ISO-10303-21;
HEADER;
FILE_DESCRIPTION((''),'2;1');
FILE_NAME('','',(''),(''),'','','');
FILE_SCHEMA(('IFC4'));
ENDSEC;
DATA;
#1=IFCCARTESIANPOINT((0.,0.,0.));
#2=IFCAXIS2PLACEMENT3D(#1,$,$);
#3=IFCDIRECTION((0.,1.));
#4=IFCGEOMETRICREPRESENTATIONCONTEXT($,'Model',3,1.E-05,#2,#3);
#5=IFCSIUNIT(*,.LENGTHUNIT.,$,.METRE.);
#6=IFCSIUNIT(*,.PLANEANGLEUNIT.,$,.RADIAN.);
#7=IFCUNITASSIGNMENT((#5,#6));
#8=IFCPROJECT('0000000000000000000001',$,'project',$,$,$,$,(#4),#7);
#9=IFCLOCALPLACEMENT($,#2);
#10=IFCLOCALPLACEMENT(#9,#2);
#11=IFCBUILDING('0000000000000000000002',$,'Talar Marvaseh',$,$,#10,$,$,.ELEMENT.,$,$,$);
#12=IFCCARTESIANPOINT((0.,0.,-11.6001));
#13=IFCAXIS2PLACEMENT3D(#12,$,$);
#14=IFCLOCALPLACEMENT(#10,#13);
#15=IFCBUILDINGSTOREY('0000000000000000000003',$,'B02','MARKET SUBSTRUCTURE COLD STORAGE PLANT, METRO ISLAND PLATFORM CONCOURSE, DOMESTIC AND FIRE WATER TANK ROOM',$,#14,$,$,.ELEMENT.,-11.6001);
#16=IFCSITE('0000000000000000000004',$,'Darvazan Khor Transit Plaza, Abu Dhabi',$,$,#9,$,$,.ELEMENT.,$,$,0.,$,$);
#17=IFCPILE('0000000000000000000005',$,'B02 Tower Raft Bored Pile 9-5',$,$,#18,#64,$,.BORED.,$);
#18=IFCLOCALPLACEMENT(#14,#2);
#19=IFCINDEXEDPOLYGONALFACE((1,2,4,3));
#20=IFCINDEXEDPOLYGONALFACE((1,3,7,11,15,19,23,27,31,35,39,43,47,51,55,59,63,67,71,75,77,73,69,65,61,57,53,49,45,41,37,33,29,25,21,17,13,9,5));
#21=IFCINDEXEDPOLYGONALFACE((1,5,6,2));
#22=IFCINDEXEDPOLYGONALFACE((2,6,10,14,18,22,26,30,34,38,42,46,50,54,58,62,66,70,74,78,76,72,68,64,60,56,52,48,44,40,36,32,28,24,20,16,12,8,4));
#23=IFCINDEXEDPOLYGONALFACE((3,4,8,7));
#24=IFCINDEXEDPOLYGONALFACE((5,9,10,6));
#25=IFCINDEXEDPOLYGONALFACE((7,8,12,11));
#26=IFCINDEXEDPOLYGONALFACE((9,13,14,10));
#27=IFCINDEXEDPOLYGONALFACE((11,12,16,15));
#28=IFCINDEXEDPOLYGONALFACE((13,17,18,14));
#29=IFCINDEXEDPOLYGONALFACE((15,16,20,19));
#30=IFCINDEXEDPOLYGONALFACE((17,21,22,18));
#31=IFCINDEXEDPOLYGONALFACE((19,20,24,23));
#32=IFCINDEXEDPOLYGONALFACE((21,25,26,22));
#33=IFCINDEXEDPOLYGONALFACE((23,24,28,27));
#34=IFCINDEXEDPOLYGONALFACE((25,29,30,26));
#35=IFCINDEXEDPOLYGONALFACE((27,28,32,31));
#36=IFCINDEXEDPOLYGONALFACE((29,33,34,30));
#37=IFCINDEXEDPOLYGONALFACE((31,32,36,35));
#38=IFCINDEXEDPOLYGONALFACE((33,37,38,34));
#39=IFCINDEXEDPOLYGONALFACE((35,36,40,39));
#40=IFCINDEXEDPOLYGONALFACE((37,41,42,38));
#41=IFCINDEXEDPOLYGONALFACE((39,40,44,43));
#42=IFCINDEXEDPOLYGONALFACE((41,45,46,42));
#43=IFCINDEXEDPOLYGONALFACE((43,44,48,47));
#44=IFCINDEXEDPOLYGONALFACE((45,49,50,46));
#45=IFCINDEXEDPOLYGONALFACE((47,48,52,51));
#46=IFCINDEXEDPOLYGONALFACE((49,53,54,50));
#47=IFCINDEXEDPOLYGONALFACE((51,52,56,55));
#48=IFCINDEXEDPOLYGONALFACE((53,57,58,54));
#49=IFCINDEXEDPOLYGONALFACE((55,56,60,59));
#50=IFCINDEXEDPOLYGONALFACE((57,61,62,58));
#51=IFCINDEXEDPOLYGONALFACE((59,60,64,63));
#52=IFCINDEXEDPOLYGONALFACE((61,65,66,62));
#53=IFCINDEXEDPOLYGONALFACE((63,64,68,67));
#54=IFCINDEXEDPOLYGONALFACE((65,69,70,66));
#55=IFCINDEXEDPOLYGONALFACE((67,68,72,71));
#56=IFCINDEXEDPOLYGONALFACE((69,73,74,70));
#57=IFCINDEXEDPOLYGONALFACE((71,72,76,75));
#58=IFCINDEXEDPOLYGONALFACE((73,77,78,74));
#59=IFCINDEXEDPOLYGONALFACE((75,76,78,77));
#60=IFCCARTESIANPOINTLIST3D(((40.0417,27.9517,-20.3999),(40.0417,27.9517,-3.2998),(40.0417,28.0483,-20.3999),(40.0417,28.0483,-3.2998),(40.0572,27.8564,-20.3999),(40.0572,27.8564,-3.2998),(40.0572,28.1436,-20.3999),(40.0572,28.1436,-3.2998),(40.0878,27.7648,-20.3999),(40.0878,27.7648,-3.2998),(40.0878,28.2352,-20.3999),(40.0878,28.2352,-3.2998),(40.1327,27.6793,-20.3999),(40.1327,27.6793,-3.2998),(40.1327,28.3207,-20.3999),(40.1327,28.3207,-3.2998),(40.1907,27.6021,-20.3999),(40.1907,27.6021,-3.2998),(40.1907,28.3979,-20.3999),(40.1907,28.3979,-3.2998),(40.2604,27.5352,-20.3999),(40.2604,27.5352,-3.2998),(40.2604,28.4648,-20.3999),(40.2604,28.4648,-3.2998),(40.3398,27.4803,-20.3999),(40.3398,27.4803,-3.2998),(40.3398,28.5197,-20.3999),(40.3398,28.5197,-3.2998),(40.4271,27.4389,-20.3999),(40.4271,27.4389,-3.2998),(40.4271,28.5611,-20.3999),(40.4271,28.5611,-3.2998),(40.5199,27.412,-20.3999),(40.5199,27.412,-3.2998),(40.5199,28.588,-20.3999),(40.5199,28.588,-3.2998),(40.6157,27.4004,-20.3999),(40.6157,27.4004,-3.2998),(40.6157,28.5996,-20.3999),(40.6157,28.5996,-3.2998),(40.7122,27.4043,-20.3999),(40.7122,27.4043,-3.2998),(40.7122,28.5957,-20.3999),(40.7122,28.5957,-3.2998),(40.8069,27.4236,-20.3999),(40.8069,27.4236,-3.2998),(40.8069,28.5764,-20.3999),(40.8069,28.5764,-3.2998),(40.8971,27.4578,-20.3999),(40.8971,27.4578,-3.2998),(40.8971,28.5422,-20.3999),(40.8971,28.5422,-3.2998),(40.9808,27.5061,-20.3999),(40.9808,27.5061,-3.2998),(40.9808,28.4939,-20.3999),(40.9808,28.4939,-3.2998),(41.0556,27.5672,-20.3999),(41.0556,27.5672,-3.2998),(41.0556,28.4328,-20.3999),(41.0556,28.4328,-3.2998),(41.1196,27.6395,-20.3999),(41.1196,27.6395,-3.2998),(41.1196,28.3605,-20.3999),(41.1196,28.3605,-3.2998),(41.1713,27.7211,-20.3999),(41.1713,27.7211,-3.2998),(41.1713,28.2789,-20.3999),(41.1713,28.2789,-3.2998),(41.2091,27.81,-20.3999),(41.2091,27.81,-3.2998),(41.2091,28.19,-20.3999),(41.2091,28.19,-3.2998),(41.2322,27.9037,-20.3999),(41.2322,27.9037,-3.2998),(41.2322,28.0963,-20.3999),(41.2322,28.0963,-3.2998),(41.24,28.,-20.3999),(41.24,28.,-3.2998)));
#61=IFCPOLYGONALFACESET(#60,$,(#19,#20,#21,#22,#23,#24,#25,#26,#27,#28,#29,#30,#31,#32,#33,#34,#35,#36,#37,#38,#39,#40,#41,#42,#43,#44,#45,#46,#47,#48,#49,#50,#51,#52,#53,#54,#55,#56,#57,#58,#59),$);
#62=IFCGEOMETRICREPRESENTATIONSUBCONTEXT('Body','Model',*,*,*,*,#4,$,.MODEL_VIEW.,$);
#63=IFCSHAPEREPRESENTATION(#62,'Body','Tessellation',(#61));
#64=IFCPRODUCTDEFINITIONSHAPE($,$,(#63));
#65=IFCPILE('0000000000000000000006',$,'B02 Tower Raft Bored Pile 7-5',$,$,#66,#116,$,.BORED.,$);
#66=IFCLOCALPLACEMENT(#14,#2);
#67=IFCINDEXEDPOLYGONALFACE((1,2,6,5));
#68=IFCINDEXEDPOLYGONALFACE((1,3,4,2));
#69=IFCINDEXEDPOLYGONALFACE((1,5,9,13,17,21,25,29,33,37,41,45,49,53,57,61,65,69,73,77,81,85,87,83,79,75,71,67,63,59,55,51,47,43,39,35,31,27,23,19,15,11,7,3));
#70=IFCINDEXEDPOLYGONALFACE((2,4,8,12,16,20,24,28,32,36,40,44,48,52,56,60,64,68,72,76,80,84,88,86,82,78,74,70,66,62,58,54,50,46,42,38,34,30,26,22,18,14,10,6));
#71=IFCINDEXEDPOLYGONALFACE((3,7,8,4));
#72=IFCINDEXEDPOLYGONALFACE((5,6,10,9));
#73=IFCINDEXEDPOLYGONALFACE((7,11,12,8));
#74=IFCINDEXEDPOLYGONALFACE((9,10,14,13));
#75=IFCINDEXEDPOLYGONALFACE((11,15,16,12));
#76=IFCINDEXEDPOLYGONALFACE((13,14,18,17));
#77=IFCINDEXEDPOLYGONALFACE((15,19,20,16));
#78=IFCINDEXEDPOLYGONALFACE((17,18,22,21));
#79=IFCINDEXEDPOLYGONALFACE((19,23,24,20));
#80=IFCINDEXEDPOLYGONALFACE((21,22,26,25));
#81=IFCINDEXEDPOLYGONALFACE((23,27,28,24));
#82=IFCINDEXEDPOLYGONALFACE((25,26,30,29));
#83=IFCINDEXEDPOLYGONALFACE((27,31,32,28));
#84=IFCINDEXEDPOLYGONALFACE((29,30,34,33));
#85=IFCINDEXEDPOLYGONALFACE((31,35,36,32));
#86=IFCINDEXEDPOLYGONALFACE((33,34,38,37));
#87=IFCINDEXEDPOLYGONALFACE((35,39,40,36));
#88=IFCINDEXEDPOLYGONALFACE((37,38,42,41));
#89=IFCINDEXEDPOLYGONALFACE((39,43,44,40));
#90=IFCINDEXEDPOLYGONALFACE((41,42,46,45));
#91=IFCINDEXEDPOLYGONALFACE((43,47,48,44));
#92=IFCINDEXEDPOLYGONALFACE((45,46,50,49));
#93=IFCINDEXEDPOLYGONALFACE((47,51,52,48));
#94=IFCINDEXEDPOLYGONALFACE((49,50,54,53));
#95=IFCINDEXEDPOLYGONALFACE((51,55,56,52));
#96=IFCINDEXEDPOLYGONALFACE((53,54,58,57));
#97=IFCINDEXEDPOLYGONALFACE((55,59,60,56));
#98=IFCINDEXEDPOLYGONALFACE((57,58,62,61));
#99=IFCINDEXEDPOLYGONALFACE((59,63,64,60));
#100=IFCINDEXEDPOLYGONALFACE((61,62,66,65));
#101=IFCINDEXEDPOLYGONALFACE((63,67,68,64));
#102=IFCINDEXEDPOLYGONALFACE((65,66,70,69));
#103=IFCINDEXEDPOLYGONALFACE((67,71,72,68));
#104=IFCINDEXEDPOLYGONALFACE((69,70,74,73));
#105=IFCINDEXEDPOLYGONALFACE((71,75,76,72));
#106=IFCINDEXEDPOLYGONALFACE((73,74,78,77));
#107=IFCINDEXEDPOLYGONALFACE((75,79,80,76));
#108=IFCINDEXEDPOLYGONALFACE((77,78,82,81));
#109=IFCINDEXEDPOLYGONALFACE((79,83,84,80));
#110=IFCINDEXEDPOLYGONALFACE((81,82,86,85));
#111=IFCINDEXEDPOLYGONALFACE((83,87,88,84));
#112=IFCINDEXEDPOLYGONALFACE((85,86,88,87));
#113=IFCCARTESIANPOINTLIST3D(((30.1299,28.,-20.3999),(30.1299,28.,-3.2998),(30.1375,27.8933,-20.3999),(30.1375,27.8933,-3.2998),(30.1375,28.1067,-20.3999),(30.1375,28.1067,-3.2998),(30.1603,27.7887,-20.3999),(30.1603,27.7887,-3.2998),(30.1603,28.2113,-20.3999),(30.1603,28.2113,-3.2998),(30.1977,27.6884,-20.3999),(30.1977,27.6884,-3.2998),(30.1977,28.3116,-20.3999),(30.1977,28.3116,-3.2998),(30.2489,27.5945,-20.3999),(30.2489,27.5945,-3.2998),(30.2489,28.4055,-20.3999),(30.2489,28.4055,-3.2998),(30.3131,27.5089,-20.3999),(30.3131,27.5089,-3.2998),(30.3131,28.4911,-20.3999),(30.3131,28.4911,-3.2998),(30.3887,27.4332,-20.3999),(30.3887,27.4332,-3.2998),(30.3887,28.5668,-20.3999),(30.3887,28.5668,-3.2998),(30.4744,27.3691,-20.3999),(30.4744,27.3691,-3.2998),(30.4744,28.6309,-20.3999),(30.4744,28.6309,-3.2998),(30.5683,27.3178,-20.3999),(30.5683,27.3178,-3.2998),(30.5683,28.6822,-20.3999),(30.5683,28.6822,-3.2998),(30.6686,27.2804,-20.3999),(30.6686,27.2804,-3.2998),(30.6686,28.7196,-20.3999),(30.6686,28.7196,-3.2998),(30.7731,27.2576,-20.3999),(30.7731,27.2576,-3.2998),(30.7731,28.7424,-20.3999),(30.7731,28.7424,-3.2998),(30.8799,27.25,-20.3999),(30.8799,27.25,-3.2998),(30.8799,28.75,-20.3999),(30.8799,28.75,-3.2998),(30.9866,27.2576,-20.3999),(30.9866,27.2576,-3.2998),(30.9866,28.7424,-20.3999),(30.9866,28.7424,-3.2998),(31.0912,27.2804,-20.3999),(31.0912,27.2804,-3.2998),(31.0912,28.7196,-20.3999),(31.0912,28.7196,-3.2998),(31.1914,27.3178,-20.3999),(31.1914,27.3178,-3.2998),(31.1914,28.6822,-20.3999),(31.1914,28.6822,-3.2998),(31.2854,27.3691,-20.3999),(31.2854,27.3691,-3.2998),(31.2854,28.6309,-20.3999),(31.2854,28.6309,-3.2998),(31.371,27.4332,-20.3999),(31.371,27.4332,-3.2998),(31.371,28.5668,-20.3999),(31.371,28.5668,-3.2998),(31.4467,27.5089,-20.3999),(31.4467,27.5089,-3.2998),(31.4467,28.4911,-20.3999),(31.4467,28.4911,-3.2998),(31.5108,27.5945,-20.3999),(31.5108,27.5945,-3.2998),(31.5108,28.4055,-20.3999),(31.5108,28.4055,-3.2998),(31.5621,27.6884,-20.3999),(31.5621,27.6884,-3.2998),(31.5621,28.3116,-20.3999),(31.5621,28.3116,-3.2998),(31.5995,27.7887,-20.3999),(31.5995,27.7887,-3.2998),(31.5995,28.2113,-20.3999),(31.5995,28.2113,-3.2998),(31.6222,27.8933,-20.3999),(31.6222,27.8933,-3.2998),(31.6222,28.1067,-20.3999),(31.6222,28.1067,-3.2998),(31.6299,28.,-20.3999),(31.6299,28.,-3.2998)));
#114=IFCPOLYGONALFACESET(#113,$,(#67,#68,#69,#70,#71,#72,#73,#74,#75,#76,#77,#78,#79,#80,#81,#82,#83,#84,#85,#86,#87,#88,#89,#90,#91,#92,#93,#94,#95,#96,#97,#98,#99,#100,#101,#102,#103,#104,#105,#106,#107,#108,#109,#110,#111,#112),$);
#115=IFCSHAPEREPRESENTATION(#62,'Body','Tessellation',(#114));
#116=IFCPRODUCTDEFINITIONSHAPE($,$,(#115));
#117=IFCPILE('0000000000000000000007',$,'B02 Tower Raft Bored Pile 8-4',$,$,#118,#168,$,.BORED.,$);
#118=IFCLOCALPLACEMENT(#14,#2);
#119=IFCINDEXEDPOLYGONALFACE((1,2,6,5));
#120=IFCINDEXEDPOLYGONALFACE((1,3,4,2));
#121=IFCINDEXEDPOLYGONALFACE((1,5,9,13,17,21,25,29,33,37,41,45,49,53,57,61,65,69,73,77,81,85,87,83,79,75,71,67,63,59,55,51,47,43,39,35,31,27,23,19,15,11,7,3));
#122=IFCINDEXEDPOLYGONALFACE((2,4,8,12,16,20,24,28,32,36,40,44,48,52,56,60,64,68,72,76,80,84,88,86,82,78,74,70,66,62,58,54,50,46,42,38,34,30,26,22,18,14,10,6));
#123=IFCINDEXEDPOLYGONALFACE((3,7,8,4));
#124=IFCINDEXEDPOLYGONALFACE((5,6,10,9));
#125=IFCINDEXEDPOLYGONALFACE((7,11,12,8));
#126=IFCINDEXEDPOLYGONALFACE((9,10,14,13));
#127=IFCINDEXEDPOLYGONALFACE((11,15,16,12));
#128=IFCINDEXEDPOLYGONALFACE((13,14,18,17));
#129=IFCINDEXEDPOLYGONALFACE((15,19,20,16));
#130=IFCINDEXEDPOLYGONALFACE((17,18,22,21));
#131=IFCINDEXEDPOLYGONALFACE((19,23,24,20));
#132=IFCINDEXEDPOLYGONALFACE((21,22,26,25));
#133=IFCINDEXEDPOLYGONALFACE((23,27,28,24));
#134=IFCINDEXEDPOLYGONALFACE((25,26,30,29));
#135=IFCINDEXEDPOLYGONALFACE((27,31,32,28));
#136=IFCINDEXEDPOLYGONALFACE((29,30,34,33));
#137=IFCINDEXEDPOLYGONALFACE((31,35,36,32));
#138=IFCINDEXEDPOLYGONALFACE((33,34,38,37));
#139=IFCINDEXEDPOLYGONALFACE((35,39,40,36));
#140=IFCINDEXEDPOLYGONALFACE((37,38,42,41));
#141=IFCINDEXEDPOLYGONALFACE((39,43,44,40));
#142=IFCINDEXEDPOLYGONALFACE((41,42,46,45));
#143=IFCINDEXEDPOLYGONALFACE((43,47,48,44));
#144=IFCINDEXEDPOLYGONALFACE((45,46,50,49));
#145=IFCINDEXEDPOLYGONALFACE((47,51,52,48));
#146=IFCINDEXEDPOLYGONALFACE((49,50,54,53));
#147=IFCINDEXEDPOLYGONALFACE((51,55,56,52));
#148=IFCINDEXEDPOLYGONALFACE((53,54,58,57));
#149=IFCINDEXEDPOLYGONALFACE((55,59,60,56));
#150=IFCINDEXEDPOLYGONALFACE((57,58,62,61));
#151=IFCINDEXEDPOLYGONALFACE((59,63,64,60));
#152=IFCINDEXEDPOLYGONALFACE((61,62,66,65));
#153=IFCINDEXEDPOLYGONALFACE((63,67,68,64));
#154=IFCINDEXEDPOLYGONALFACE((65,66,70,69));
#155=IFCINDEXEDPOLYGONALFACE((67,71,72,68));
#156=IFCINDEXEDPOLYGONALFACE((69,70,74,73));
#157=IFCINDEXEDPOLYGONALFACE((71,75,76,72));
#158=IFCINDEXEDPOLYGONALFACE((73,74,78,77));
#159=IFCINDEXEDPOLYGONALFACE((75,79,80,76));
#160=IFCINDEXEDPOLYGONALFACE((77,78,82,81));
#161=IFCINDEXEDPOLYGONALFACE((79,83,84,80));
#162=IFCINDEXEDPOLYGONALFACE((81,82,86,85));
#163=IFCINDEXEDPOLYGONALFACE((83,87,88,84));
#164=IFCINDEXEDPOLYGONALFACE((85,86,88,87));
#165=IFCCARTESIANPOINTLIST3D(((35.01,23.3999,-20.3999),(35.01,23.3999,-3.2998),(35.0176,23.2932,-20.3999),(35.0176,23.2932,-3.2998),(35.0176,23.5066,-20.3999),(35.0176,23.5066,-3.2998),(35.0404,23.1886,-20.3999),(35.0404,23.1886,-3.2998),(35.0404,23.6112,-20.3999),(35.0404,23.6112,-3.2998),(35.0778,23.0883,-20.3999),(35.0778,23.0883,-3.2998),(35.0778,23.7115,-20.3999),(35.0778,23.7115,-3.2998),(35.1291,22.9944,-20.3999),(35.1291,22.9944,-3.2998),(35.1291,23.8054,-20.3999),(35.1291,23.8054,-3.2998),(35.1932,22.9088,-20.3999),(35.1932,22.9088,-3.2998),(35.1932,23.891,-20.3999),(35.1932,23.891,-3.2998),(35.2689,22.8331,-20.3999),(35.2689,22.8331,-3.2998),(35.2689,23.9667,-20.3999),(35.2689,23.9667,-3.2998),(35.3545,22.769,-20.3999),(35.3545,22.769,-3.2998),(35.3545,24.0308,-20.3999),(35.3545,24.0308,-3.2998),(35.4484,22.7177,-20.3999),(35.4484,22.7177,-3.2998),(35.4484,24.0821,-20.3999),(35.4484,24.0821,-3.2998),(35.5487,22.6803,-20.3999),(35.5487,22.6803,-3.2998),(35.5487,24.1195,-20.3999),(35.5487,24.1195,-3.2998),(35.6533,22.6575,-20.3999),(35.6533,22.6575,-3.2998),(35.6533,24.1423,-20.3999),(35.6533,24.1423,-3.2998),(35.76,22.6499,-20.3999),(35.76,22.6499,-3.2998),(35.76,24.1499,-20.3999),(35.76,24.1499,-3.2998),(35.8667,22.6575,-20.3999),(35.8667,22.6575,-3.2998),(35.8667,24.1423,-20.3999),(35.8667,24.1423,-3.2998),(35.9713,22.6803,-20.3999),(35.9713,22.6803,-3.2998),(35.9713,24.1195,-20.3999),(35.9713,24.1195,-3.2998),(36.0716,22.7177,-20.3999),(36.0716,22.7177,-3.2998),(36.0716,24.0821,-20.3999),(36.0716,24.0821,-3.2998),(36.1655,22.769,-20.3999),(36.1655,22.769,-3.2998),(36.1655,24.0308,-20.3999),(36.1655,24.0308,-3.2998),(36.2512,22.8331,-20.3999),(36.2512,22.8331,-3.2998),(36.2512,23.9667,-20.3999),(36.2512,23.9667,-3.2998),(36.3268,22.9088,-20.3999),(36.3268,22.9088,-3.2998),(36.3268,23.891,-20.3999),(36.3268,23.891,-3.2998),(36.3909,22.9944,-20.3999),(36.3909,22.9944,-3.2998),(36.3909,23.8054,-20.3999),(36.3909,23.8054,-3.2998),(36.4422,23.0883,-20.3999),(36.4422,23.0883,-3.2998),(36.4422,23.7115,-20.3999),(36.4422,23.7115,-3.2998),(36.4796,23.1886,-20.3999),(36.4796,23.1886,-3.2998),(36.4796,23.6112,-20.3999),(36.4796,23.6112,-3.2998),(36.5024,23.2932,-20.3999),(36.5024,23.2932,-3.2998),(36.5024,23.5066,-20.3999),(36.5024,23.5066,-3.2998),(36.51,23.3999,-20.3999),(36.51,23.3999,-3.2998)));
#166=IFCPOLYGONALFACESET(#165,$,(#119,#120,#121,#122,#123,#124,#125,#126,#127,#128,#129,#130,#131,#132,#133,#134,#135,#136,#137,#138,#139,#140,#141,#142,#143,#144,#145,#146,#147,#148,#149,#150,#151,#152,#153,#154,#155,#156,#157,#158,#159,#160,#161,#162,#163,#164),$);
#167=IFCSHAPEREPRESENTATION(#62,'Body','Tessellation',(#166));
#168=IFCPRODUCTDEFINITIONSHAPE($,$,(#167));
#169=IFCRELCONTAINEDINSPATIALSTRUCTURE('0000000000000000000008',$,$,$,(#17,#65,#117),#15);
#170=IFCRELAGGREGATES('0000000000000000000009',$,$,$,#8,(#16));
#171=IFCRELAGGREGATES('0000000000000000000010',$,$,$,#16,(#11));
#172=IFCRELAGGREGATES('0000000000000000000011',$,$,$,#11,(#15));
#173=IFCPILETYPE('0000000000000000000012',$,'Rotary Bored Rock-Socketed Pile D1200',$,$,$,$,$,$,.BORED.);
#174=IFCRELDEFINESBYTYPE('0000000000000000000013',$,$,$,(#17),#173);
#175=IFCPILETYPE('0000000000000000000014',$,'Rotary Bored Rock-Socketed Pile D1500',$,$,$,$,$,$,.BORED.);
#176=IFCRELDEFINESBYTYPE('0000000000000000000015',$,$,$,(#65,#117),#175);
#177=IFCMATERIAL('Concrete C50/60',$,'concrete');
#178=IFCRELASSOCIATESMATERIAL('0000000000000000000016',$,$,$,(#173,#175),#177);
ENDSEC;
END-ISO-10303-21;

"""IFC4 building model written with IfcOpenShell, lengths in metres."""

from ifc_helpers import new_model, si_unit, direction, frame, origin, origin_2d, place, context, subcontext, project, spatial, circle, extrude, source, transform, mapped, material, material_profile, profile_set, type_object, type_shapes, element, save


model = new_model("IFC4")

# Units and contexts
model_context = context("Model", 3, precision=1e-05, world=origin(), true_north=direction((0.0, 1.0)))
body_context = subcontext(model_context, "Body", "Model", "MODEL_VIEW")
ifc_project = project(units=[si_unit("LENGTHUNIT", "METRE"), si_unit("PLANEANGLEUNIT", "RADIAN")], contexts=[model_context])

# Site, building, storey
site_placement = place(None, origin())
site = spatial("IfcSite", under=ifc_project, at=site_placement, Name="Darvazan Khor Transit Plaza, Abu Dhabi", CompositionType="ELEMENT", RefElevation=0.0)
building_placement = place(site_placement, origin())
building = spatial("IfcBuilding", under=site, at=building_placement, Name="Talar Marvaseh", CompositionType="ELEMENT")
storey_placement = place(building_placement, frame((0.0, 0.0, -11.6001)))
storey = spatial("IfcBuildingStorey", under=building, at=storey_placement, Name="B02", Description="MARKET SUBSTRUCTURE COLD STORAGE PLANT, METRO ISLAND PLATFORM CONCOURSE, DOMESTIC AND FIRE WATER TANK ROOM", CompositionType="ELEMENT", Elevation=-11.6001)

# Piles
ifc_material_1 = material(Name="Concrete C50/60", Category="concrete")
ifc_material_profile_1 = material_profile(ifc_material_1, circle(Radius=0.6001, at=origin_2d()), Name="PILE-D1200")
ifc_profile_set_1 = profile_set([ifc_material_profile_1], Name="Concrete C50/60")
pile_type_1 = type_object("IfcPileType", Name="Rotary Bored Rock-Socketed Pile D1200", PredefinedType="BORED", material=ifc_profile_set_1)
shared_shape_1 = source(origin(), body_context, "Body", "SweptSolid", [
    extrude(circle(Radius=0.6001, at=origin_2d()), origin(), (0.0, 0.0, 1.0), 17.1001),
])
type_shapes(pile_type_1, [shared_shape_1])
pile_placement = place(storey_placement, frame((40.6399, 28.0, -3.2998), z_axis=(0.0, 0.0, -1.0), x_axis=(1.0, 0.0, 0.0)))
element("IfcPile", 1, at=pile_placement, inside=storey, type_object=pile_type_1, Name="B02 Tower Raft Bored Pile 9-5", PredefinedType="BORED", context=body_context, shape_type="MappedRepresentation", body=[
    mapped(shared_shape_1, transform((0.0, 0.0, 0.0), x_axis=(1.0, 0.0, 0.0), y_axis=(0.0, 1.0, 0.0), z_axis=(0.0, 0.0, 1.0), scale=1.0)),
])
ifc_material_profile_2 = material_profile(ifc_material_1, circle(Radius=0.75, at=origin_2d()), Name="PILE-D1500")
ifc_profile_set_2 = profile_set([ifc_material_profile_2], Name="Concrete C50/60")
pile_type_2 = type_object("IfcPileType", Name="Rotary Bored Rock-Socketed Pile D1500", PredefinedType="BORED", material=ifc_profile_set_2)
shared_shape_2 = source(origin(), body_context, "Body", "SweptSolid", [
    extrude(circle(Radius=0.75, at=origin_2d()), origin(), (0.0, 0.0, 1.0), 17.1001),
])
type_shapes(pile_type_2, [shared_shape_2])
for number, where, z_axis, x_axis, name in (
    (2, (30.8799, 28.0, -3.2998), (0.0, 0.0, -1.0), (1.0, 0.0, 0.0), "B02 Tower Raft Bored Pile 7-5"),
    (3, (35.76, 23.3999, -3.2998), (0.0, 0.0, -1.0), (1.0, 0.0, 0.0), "B02 Tower Raft Bored Pile 8-4"),
):
    element("IfcPile", number, at=place(storey_placement, frame(where, z_axis=z_axis, x_axis=x_axis)), inside=storey, type_object=pile_type_2, Name=name, PredefinedType="BORED", context=body_context, shape_type="MappedRepresentation", body=[
        mapped(shared_shape_2, transform((0.0, 0.0, 0.0), x_axis=(1.0, 0.0, 0.0), y_axis=(0.0, 1.0, 0.0), z_axis=(0.0, 0.0, 1.0), scale=1.0)),
    ])

save(model, "model.ifc")
